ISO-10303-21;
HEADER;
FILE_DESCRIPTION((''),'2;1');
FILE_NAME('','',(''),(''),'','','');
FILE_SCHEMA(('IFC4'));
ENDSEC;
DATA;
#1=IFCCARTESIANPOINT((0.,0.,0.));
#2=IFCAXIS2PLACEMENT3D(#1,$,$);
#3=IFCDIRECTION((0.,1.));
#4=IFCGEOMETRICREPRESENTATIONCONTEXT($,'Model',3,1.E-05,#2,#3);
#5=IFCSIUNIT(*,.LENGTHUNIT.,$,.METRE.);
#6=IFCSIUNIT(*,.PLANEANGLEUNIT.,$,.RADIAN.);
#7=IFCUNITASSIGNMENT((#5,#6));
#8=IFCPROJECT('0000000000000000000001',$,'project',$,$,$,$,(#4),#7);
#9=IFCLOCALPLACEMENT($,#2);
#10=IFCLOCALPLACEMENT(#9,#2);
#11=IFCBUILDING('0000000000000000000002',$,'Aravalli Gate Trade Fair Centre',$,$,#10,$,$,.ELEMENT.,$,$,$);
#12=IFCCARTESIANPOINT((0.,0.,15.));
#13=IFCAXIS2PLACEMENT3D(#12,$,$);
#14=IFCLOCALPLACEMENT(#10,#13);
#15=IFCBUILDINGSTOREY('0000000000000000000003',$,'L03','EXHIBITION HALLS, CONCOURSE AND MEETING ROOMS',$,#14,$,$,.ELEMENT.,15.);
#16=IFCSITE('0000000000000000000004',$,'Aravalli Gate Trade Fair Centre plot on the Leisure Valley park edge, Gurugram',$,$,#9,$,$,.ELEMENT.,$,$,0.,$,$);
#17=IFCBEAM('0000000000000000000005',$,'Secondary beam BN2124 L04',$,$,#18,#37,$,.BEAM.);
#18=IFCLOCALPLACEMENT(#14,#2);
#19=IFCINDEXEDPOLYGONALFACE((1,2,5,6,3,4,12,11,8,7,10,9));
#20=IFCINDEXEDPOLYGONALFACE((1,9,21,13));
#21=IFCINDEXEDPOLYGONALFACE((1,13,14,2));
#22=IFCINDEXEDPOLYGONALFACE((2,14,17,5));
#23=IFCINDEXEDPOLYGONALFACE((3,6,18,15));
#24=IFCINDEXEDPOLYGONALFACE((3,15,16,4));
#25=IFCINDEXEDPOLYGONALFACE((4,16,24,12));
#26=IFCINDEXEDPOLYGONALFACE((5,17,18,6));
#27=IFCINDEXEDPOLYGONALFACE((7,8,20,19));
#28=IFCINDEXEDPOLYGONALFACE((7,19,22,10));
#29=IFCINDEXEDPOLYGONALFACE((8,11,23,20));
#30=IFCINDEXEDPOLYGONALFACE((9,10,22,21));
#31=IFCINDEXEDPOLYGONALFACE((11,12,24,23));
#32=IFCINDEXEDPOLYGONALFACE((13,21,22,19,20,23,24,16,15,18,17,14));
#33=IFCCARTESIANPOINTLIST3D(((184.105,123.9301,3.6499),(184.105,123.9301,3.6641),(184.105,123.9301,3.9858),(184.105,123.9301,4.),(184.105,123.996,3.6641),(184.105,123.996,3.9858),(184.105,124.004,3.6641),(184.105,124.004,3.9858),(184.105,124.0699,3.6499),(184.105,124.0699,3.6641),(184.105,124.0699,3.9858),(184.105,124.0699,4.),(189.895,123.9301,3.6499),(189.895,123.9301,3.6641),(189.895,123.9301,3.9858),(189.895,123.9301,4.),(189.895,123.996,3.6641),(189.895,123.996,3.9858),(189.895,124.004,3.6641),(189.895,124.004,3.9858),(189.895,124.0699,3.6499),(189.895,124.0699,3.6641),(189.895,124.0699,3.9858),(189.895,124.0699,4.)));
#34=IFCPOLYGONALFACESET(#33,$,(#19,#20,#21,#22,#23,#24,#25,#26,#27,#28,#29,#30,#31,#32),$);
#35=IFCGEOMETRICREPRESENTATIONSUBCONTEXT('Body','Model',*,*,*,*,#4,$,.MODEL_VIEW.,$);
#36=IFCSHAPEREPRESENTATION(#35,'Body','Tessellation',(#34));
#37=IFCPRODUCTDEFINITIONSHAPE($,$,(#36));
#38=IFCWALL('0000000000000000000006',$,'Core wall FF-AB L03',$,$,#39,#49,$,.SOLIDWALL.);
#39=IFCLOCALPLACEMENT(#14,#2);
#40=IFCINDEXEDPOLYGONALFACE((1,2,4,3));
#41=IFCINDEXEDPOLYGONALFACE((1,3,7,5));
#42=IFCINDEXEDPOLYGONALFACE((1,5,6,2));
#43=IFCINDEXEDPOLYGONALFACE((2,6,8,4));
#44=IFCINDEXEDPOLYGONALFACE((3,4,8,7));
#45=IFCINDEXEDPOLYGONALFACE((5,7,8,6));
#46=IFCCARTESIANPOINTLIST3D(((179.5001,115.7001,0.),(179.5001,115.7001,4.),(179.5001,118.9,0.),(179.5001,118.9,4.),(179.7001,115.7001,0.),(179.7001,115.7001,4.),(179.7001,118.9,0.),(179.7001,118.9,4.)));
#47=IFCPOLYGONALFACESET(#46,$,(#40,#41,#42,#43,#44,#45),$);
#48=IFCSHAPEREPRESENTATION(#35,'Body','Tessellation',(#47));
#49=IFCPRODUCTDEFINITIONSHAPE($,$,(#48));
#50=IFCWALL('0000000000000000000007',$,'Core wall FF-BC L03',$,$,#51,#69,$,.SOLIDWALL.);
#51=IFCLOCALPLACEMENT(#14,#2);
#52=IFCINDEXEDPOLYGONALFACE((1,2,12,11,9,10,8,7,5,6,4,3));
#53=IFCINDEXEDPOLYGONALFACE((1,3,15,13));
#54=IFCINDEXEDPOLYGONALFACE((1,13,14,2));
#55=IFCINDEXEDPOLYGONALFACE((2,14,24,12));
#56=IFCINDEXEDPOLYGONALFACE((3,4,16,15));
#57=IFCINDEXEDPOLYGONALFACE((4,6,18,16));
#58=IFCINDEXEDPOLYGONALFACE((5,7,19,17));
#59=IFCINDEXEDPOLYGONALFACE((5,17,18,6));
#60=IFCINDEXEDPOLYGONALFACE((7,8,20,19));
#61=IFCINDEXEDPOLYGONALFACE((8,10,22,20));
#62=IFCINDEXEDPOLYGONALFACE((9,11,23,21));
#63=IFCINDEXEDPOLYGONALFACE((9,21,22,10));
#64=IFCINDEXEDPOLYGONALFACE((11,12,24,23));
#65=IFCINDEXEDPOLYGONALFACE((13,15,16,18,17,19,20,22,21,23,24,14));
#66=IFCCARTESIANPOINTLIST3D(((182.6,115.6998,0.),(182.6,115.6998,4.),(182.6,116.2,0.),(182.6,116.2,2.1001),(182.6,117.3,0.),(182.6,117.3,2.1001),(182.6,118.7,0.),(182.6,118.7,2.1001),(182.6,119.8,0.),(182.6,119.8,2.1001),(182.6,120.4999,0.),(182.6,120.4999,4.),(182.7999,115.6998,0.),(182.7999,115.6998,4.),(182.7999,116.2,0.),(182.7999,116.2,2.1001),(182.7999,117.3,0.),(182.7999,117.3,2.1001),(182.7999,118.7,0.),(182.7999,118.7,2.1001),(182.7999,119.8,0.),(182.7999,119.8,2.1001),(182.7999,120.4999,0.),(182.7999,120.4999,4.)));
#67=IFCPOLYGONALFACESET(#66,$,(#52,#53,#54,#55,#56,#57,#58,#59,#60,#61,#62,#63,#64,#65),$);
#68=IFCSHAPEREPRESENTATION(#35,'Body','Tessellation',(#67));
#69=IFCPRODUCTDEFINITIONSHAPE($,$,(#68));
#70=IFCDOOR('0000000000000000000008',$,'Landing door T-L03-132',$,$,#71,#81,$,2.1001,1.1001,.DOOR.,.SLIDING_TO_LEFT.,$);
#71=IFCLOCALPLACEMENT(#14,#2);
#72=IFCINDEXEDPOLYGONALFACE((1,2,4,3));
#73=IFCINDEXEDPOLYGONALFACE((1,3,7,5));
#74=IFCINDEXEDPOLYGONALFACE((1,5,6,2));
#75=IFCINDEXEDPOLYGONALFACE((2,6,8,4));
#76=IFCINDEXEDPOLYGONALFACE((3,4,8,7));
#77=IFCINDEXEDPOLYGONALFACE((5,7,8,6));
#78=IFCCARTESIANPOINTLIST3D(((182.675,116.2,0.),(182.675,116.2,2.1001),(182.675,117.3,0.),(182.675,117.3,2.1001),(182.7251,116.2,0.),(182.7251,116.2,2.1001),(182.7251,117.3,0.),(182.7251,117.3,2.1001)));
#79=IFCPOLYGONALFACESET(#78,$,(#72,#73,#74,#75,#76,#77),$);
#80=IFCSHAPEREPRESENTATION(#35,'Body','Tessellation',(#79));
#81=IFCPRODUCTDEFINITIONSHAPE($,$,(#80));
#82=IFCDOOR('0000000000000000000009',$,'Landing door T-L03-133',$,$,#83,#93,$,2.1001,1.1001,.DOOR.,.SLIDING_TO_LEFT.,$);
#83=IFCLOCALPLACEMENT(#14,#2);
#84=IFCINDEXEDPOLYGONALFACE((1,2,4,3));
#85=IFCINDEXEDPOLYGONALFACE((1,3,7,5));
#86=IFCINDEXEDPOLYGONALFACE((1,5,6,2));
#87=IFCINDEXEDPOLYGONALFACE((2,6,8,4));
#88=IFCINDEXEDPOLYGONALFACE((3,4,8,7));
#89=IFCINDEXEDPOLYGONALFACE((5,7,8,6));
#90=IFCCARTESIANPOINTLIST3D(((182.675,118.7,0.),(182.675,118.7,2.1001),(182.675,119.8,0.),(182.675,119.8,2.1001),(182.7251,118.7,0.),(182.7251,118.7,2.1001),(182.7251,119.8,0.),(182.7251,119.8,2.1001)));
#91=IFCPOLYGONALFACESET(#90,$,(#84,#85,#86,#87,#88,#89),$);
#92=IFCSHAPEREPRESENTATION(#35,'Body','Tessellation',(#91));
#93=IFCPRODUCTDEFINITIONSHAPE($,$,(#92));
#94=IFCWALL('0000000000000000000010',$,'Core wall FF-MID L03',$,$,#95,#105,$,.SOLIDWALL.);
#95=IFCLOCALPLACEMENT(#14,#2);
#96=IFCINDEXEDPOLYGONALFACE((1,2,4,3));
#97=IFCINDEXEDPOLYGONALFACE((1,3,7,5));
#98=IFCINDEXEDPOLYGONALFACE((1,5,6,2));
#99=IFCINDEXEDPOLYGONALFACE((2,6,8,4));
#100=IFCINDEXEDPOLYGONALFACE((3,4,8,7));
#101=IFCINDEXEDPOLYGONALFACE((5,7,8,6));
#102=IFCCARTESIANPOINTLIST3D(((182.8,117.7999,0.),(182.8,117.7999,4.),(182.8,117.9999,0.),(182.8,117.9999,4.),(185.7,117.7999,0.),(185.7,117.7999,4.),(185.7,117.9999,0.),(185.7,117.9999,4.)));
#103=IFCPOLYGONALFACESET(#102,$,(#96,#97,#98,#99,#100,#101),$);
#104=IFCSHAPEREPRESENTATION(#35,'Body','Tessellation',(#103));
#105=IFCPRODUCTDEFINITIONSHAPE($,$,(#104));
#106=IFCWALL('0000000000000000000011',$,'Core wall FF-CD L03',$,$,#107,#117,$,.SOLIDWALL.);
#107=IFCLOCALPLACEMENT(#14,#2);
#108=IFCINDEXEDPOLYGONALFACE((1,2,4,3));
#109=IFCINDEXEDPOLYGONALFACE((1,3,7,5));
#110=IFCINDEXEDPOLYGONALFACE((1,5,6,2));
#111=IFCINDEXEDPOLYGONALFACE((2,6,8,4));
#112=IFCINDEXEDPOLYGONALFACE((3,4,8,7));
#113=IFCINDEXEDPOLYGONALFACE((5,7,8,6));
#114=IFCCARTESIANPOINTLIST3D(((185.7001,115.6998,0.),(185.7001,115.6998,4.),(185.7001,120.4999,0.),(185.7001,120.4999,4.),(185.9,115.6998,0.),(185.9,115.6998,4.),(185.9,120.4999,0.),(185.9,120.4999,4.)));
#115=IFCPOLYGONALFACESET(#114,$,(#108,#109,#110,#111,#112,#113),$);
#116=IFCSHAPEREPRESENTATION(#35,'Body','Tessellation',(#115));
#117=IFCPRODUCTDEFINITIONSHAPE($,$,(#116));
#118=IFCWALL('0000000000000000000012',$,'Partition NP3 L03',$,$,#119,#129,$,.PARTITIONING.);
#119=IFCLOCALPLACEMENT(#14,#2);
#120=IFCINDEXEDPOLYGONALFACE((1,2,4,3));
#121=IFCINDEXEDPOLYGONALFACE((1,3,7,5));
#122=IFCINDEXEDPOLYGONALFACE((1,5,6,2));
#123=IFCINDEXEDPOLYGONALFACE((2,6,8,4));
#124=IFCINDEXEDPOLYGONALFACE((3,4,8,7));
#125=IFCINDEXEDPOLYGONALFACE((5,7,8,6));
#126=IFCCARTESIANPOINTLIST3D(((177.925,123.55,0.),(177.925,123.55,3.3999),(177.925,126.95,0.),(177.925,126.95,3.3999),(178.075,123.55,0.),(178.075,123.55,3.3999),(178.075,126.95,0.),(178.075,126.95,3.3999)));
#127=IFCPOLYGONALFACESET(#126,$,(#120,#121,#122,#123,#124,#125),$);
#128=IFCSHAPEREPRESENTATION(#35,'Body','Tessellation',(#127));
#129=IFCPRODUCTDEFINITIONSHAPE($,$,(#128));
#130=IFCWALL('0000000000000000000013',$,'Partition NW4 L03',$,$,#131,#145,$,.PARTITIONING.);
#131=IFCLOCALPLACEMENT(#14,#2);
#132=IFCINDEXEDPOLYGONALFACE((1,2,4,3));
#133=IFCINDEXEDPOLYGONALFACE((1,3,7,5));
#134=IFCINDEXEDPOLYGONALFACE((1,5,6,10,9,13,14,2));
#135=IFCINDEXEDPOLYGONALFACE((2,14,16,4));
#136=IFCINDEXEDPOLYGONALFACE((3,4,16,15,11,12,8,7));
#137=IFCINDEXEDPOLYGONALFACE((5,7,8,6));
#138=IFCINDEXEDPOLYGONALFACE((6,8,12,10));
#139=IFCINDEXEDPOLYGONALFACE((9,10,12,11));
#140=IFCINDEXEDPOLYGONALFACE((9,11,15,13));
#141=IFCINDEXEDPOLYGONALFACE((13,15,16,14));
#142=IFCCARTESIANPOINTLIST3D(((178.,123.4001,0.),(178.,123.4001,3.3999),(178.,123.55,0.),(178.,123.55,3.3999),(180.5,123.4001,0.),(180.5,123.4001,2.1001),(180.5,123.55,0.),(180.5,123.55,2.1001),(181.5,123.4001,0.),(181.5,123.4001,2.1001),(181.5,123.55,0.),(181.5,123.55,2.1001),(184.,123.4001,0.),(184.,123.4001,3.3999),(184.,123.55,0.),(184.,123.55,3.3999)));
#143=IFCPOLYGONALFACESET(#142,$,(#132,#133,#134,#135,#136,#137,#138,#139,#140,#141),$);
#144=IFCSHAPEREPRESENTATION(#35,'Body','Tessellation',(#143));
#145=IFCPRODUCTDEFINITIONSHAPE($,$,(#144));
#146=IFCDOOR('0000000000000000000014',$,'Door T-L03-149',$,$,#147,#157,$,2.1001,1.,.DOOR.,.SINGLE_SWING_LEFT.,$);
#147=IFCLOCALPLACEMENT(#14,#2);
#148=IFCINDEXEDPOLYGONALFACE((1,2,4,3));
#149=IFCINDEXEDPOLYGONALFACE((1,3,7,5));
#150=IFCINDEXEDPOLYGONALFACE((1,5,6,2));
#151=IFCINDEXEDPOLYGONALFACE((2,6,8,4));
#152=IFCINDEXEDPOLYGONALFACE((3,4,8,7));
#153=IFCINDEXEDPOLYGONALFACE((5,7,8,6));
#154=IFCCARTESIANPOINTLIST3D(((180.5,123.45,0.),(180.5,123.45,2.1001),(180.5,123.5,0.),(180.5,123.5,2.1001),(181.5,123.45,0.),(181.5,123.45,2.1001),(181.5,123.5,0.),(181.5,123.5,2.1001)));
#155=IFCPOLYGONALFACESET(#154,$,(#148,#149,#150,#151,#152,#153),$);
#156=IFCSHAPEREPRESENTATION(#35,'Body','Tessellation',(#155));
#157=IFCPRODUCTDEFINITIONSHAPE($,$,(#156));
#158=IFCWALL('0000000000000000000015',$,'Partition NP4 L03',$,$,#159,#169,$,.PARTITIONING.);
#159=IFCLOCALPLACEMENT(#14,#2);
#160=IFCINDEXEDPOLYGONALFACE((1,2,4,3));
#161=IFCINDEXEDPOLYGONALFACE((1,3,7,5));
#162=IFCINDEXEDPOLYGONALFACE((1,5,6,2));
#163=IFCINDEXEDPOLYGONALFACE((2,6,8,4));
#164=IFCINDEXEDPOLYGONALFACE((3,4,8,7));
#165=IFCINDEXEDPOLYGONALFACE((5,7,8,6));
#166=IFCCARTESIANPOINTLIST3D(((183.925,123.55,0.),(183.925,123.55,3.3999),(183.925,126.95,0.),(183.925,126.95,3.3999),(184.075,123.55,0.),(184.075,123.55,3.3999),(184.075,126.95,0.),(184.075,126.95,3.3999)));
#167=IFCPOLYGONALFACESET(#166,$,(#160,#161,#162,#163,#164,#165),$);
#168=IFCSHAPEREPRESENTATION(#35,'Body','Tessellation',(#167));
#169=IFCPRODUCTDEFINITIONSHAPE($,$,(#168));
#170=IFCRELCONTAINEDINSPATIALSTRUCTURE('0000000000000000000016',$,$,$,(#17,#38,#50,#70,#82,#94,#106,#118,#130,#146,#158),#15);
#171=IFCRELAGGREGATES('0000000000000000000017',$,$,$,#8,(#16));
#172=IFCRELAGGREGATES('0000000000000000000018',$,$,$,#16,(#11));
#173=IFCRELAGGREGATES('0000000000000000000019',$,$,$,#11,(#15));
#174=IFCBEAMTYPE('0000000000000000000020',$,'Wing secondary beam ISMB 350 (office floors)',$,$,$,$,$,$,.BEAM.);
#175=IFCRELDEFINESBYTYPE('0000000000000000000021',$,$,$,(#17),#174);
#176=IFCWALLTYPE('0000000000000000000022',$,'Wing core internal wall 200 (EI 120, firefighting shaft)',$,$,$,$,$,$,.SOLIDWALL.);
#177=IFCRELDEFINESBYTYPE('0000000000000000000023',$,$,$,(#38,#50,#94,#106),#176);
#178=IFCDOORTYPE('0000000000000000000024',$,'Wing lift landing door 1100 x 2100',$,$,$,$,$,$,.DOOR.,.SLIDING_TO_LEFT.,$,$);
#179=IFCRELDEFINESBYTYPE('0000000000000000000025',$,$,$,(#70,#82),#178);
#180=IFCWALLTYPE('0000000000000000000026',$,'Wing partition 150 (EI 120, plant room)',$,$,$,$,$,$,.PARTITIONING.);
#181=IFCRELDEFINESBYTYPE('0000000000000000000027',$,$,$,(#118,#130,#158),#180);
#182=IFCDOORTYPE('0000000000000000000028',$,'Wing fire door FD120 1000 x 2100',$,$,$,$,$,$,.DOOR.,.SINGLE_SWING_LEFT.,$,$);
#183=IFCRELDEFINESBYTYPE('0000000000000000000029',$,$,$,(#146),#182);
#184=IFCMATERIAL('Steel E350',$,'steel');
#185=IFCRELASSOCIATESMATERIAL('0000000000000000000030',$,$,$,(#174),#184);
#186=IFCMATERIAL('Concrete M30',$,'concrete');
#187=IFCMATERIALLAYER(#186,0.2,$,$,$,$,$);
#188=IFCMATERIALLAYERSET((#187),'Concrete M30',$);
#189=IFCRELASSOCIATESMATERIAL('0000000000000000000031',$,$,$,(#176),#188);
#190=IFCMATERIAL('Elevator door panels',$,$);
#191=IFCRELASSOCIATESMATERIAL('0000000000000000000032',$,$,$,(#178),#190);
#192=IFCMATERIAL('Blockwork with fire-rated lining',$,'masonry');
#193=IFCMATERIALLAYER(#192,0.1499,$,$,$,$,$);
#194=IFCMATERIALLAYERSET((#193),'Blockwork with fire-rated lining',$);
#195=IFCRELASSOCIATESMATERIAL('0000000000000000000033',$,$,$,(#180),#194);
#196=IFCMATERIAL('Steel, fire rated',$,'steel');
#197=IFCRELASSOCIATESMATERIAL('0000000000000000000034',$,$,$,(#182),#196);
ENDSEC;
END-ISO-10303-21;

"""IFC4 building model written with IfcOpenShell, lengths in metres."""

from ifc_helpers import new_model, si_unit, direction, frame, frame_2d, origin, origin_2d, place, context, subcontext, project, spatial, rectangle, i_section, extrude, material, layer, layer_set, material_profile, profile_set, type_object, element, fill, save


model = new_model("IFC4")

# Units and contexts
model_context = context("Model", 3, precision=1e-05, world=origin(), true_north=direction((0.0, 1.0)))
body_context = subcontext(model_context, "Body", "Model", "MODEL_VIEW")
ifc_project = project(units=[si_unit("LENGTHUNIT", "METRE"), si_unit("PLANEANGLEUNIT", "RADIAN")], contexts=[model_context])

# Site, building, storey
site_placement = place(None, origin())
site = spatial("IfcSite", under=ifc_project, at=site_placement, Name="Aravalli Gate Trade Fair Centre plot on the Leisure Valley park edge, Gurugram", CompositionType="ELEMENT", RefElevation=0.0)
building_placement = place(site_placement, origin())
building = spatial("IfcBuilding", under=site, at=building_placement, Name="Aravalli Gate Trade Fair Centre", CompositionType="ELEMENT")
storey_placement = place(building_placement, frame((0.0, 0.0, 15.0)))
storey = spatial("IfcBuildingStorey", under=building, at=storey_placement, Name="L03", Description="EXHIBITION HALLS, CONCOURSE AND MEETING ROOMS", CompositionType="ELEMENT", Elevation=15.0)

# Shared definitions
ifc_material_1 = material(Name="Steel E350", Category="steel")

# Beam
ifc_material_profile_1 = material_profile(ifc_material_1, i_section(OverallWidth=0.1399, OverallDepth=0.3501, WebThickness=0.0081, FlangeThickness=0.0142, at=origin_2d()), Name="ISMB 350")
ifc_profile_set_1 = profile_set([ifc_material_profile_1], Name="Steel E350")
beam_type_1 = type_object("IfcBeamType", Name="Wing secondary beam ISMB 350 (office floors)", PredefinedType="BEAM", material=ifc_profile_set_1)
for number, where, z_axis, x_axis, name in (
    (1, (184.105, 124.0, 3.825), (1.0, 0.0, 0.0), (0.0, 1.0, 0.0), "Secondary beam BN2124 L04"),
):
    element("IfcBeam", number, at=place(storey_placement, frame(where, z_axis=z_axis, x_axis=x_axis)), inside=storey, type_object=beam_type_1, Name=name, PredefinedType="BEAM", context=body_context, shape_type="SweptSolid", body=[
        extrude(i_section(OverallWidth=0.1399, OverallDepth=0.3501, WebThickness=0.0081, FlangeThickness=0.0142, at=origin_2d()), origin(), (0.0, 0.0, 1.0), 5.79),
    ])

# Wall
ifc_material_2 = material(Name="Concrete M30", Category="concrete")
ifc_layer_1 = layer(ifc_material_2, 0.2)
ifc_layer_set_1 = layer_set([ifc_layer_1], Name="Concrete M30")
wall_type_1 = type_object("IfcWallType", Name="Wing core internal wall 200 (EI 120, firefighting shaft)", PredefinedType="SOLIDWALL", material=ifc_layer_set_1)
wall_1_placement = place(storey_placement, frame((179.6001, 115.7, 0.0), z_axis=(0.0, 0.0, 1.0), x_axis=(0.0, 1.0, 0.0)))
element("IfcWall", 2, at=wall_1_placement, inside=storey, type_object=wall_type_1, Name="Core wall FF-AB L03", PredefinedType="SOLIDWALL", context=body_context, shape_type="SweptSolid", body=[
    extrude(rectangle(XDim=3.2, YDim=0.2, at=frame_2d((1.6001, 0.0))), origin(), (0.0, 0.0, 1.0), 4.0),
])

# Wall, openings, doors
wall_2_placement = place(storey_placement, frame((182.7, 115.7, 0.0), z_axis=(0.0, 0.0, 1.0), x_axis=(0.0, 1.0, 0.0)))
wall_2 = element("IfcWall", 3, at=wall_2_placement, inside=storey, type_object=wall_type_1, Name="Core wall FF-BC L03", PredefinedType="SOLIDWALL", context=body_context, shape_type="SweptSolid", body=[
    extrude(rectangle(XDim=4.8, YDim=0.2, at=frame_2d((2.3999, 0.0))), origin(), (0.0, 0.0, 1.0), 4.0),
])
opening_1_placement = place(wall_2_placement, frame((0.5, 0.0, 0.0)))
opening_1 = element("IfcOpeningElement", 4, at=opening_1_placement, cuts=wall_2, PredefinedType="OPENING", context=body_context, shape_type="SweptSolid", body=[
    extrude(rectangle(XDim=1.1001, YDim=2.1001, at=frame_2d((0.55, 1.05))), frame((0.0, 0.1099, 0.0), z_axis=(0.0, -1.0, 0.0), x_axis=(1.0, 0.0, 0.0)), (0.0, 0.0, 1.0), 0.22),
])
opening_2_placement = place(wall_2_placement, frame((3.0, 0.0, 0.0)))
opening_2 = element("IfcOpeningElement", 5, at=opening_2_placement, cuts=wall_2, PredefinedType="OPENING", context=body_context, shape_type="SweptSolid", body=[
    extrude(rectangle(XDim=1.1001, YDim=2.1001, at=frame_2d((0.55, 1.05))), frame((0.0, 0.1099, 0.0), z_axis=(0.0, -1.0, 0.0), x_axis=(1.0, 0.0, 0.0)), (0.0, 0.0, 1.0), 0.22),
])
ifc_material_3 = material(Name="Elevator door panels")
door_type_1 = type_object("IfcDoorType", Name="Wing lift landing door 1100 x 2100", OperationType="SLIDING_TO_LEFT", PredefinedType="DOOR", material=ifc_material_3)
door_1_placement = place(opening_1_placement, origin())
door_1 = element("IfcDoor", 6, at=door_1_placement, inside=storey, type_object=door_type_1, Name="Landing door T-L03-132", OperationType="SLIDING_TO_LEFT", OverallHeight=2.1001, OverallWidth=1.1001, PredefinedType="DOOR", context=body_context, shape_type="SweptSolid", body=[
    extrude(rectangle(XDim=1.1001, YDim=2.1001, at=frame_2d((0.55, 1.05))), frame((0.0, 0.0249, 0.0), z_axis=(0.0, -1.0, 0.0), x_axis=(1.0, 0.0, 0.0)), (0.0, 0.0, 1.0), 0.05),
])
fill(opening_1, door_1)
door_2_placement = place(opening_2_placement, origin())
door_2 = element("IfcDoor", 7, at=door_2_placement, inside=storey, type_object=door_type_1, Name="Landing door T-L03-133", OperationType="SLIDING_TO_LEFT", OverallHeight=2.1001, OverallWidth=1.1001, PredefinedType="DOOR", context=body_context, shape_type="SweptSolid", body=[
    extrude(rectangle(XDim=1.1001, YDim=2.1001, at=frame_2d((0.55, 1.05))), frame((0.0, 0.0249, 0.0), z_axis=(0.0, -1.0, 0.0), x_axis=(1.0, 0.0, 0.0)), (0.0, 0.0, 1.0), 0.05),
])
fill(opening_2, door_2)

# Walls
wall_3_placement = place(storey_placement, frame((182.8, 117.8999, 0.0), z_axis=(0.0, 0.0, 1.0), x_axis=(1.0, 0.0, 0.0)))
element("IfcWall", 8, at=wall_3_placement, inside=storey, type_object=wall_type_1, Name="Core wall FF-MID L03", PredefinedType="SOLIDWALL", context=body_context, shape_type="SweptSolid", body=[
    extrude(rectangle(XDim=2.8999, YDim=0.2, at=frame_2d((1.45, 0.0))), origin(), (0.0, 0.0, 1.0), 4.0),
])
wall_4_placement = place(storey_placement, frame((185.8, 115.7, 0.0), z_axis=(0.0, 0.0, 1.0), x_axis=(0.0, 1.0, 0.0)))
element("IfcWall", 9, at=wall_4_placement, inside=storey, type_object=wall_type_1, Name="Core wall FF-CD L03", PredefinedType="SOLIDWALL", context=body_context, shape_type="SweptSolid", body=[
    extrude(rectangle(XDim=4.8, YDim=0.2, at=frame_2d((2.3999, 0.0))), origin(), (0.0, 0.0, 1.0), 4.0),
])
ifc_material_4 = material(Name="Blockwork with fire-rated lining", Category="masonry")
ifc_layer_2 = layer(ifc_material_4, 0.1499)
ifc_layer_set_2 = layer_set([ifc_layer_2], Name="Blockwork with fire-rated lining")
wall_type_2 = type_object("IfcWallType", Name="Wing partition 150 (EI 120, plant room)", PredefinedType="PARTITIONING", material=ifc_layer_set_2)
wall_5_placement = place(storey_placement, frame((178.0, 123.55, 0.0), z_axis=(0.0, 0.0, 1.0), x_axis=(0.0, 1.0, 0.0)))
element("IfcWall", 10, at=wall_5_placement, inside=storey, type_object=wall_type_2, Name="Partition NP3 L03", PredefinedType="PARTITIONING", context=body_context, shape_type="SweptSolid", body=[
    extrude(rectangle(XDim=3.3999, YDim=0.1499, at=frame_2d((1.7, 0.0))), origin(), (0.0, 0.0, 1.0), 3.3999),
])

# Wall, opening, door
wall_6_placement = place(storey_placement, frame((178.0, 123.4751, 0.0), z_axis=(0.0, 0.0, 1.0), x_axis=(1.0, 0.0, 0.0)))
wall_6 = element("IfcWall", 11, at=wall_6_placement, inside=storey, type_object=wall_type_2, Name="Partition NW4 L03", PredefinedType="PARTITIONING", context=body_context, shape_type="SweptSolid", body=[
    extrude(rectangle(XDim=6.0, YDim=0.1499, at=frame_2d((3.0, 0.0))), origin(), (0.0, 0.0, 1.0), 3.3999),
])
opening_3_placement = place(wall_6_placement, frame((2.5, 0.0, 0.0)))
opening_3 = element("IfcOpeningElement", 12, at=opening_3_placement, cuts=wall_6, PredefinedType="OPENING", context=body_context, shape_type="SweptSolid", body=[
    extrude(rectangle(XDim=1.0, YDim=2.1001, at=frame_2d((0.5, 1.05))), frame((0.0, 0.085, 0.0), z_axis=(0.0, -1.0, 0.0), x_axis=(1.0, 0.0, 0.0)), (0.0, 0.0, 1.0), 0.1699),
])
ifc_material_5 = material(Name="Steel, fire rated", Category="steel")
door_type_2 = type_object("IfcDoorType", Name="Wing fire door FD120 1000 x 2100", OperationType="SINGLE_SWING_LEFT", PredefinedType="DOOR", material=ifc_material_5)
door_3_placement = place(opening_3_placement, origin())
door_3 = element("IfcDoor", 13, at=door_3_placement, inside=storey, type_object=door_type_2, Name="Door T-L03-149", OperationType="SINGLE_SWING_LEFT", OverallHeight=2.1001, OverallWidth=1.0, PredefinedType="DOOR", context=body_context, shape_type="SweptSolid", body=[
    extrude(rectangle(XDim=1.0, YDim=2.1001, at=frame_2d((0.5, 1.05))), frame((0.0, 0.0249, 0.0), z_axis=(0.0, -1.0, 0.0), x_axis=(1.0, 0.0, 0.0)), (0.0, 0.0, 1.0), 0.05),
])
fill(opening_3, door_3)

# Wall
wall_7_placement = place(storey_placement, frame((184.0, 123.55, 0.0), z_axis=(0.0, 0.0, 1.0), x_axis=(0.0, 1.0, 0.0)))
element("IfcWall", 14, at=wall_7_placement, inside=storey, type_object=wall_type_2, Name="Partition NP4 L03", PredefinedType="PARTITIONING", context=body_context, shape_type="SweptSolid", body=[
    extrude(rectangle(XDim=3.3999, YDim=0.1499, at=frame_2d((1.7, 0.0))), origin(), (0.0, 0.0, 1.0), 3.3999),
])

save(model, "model.ifc")
